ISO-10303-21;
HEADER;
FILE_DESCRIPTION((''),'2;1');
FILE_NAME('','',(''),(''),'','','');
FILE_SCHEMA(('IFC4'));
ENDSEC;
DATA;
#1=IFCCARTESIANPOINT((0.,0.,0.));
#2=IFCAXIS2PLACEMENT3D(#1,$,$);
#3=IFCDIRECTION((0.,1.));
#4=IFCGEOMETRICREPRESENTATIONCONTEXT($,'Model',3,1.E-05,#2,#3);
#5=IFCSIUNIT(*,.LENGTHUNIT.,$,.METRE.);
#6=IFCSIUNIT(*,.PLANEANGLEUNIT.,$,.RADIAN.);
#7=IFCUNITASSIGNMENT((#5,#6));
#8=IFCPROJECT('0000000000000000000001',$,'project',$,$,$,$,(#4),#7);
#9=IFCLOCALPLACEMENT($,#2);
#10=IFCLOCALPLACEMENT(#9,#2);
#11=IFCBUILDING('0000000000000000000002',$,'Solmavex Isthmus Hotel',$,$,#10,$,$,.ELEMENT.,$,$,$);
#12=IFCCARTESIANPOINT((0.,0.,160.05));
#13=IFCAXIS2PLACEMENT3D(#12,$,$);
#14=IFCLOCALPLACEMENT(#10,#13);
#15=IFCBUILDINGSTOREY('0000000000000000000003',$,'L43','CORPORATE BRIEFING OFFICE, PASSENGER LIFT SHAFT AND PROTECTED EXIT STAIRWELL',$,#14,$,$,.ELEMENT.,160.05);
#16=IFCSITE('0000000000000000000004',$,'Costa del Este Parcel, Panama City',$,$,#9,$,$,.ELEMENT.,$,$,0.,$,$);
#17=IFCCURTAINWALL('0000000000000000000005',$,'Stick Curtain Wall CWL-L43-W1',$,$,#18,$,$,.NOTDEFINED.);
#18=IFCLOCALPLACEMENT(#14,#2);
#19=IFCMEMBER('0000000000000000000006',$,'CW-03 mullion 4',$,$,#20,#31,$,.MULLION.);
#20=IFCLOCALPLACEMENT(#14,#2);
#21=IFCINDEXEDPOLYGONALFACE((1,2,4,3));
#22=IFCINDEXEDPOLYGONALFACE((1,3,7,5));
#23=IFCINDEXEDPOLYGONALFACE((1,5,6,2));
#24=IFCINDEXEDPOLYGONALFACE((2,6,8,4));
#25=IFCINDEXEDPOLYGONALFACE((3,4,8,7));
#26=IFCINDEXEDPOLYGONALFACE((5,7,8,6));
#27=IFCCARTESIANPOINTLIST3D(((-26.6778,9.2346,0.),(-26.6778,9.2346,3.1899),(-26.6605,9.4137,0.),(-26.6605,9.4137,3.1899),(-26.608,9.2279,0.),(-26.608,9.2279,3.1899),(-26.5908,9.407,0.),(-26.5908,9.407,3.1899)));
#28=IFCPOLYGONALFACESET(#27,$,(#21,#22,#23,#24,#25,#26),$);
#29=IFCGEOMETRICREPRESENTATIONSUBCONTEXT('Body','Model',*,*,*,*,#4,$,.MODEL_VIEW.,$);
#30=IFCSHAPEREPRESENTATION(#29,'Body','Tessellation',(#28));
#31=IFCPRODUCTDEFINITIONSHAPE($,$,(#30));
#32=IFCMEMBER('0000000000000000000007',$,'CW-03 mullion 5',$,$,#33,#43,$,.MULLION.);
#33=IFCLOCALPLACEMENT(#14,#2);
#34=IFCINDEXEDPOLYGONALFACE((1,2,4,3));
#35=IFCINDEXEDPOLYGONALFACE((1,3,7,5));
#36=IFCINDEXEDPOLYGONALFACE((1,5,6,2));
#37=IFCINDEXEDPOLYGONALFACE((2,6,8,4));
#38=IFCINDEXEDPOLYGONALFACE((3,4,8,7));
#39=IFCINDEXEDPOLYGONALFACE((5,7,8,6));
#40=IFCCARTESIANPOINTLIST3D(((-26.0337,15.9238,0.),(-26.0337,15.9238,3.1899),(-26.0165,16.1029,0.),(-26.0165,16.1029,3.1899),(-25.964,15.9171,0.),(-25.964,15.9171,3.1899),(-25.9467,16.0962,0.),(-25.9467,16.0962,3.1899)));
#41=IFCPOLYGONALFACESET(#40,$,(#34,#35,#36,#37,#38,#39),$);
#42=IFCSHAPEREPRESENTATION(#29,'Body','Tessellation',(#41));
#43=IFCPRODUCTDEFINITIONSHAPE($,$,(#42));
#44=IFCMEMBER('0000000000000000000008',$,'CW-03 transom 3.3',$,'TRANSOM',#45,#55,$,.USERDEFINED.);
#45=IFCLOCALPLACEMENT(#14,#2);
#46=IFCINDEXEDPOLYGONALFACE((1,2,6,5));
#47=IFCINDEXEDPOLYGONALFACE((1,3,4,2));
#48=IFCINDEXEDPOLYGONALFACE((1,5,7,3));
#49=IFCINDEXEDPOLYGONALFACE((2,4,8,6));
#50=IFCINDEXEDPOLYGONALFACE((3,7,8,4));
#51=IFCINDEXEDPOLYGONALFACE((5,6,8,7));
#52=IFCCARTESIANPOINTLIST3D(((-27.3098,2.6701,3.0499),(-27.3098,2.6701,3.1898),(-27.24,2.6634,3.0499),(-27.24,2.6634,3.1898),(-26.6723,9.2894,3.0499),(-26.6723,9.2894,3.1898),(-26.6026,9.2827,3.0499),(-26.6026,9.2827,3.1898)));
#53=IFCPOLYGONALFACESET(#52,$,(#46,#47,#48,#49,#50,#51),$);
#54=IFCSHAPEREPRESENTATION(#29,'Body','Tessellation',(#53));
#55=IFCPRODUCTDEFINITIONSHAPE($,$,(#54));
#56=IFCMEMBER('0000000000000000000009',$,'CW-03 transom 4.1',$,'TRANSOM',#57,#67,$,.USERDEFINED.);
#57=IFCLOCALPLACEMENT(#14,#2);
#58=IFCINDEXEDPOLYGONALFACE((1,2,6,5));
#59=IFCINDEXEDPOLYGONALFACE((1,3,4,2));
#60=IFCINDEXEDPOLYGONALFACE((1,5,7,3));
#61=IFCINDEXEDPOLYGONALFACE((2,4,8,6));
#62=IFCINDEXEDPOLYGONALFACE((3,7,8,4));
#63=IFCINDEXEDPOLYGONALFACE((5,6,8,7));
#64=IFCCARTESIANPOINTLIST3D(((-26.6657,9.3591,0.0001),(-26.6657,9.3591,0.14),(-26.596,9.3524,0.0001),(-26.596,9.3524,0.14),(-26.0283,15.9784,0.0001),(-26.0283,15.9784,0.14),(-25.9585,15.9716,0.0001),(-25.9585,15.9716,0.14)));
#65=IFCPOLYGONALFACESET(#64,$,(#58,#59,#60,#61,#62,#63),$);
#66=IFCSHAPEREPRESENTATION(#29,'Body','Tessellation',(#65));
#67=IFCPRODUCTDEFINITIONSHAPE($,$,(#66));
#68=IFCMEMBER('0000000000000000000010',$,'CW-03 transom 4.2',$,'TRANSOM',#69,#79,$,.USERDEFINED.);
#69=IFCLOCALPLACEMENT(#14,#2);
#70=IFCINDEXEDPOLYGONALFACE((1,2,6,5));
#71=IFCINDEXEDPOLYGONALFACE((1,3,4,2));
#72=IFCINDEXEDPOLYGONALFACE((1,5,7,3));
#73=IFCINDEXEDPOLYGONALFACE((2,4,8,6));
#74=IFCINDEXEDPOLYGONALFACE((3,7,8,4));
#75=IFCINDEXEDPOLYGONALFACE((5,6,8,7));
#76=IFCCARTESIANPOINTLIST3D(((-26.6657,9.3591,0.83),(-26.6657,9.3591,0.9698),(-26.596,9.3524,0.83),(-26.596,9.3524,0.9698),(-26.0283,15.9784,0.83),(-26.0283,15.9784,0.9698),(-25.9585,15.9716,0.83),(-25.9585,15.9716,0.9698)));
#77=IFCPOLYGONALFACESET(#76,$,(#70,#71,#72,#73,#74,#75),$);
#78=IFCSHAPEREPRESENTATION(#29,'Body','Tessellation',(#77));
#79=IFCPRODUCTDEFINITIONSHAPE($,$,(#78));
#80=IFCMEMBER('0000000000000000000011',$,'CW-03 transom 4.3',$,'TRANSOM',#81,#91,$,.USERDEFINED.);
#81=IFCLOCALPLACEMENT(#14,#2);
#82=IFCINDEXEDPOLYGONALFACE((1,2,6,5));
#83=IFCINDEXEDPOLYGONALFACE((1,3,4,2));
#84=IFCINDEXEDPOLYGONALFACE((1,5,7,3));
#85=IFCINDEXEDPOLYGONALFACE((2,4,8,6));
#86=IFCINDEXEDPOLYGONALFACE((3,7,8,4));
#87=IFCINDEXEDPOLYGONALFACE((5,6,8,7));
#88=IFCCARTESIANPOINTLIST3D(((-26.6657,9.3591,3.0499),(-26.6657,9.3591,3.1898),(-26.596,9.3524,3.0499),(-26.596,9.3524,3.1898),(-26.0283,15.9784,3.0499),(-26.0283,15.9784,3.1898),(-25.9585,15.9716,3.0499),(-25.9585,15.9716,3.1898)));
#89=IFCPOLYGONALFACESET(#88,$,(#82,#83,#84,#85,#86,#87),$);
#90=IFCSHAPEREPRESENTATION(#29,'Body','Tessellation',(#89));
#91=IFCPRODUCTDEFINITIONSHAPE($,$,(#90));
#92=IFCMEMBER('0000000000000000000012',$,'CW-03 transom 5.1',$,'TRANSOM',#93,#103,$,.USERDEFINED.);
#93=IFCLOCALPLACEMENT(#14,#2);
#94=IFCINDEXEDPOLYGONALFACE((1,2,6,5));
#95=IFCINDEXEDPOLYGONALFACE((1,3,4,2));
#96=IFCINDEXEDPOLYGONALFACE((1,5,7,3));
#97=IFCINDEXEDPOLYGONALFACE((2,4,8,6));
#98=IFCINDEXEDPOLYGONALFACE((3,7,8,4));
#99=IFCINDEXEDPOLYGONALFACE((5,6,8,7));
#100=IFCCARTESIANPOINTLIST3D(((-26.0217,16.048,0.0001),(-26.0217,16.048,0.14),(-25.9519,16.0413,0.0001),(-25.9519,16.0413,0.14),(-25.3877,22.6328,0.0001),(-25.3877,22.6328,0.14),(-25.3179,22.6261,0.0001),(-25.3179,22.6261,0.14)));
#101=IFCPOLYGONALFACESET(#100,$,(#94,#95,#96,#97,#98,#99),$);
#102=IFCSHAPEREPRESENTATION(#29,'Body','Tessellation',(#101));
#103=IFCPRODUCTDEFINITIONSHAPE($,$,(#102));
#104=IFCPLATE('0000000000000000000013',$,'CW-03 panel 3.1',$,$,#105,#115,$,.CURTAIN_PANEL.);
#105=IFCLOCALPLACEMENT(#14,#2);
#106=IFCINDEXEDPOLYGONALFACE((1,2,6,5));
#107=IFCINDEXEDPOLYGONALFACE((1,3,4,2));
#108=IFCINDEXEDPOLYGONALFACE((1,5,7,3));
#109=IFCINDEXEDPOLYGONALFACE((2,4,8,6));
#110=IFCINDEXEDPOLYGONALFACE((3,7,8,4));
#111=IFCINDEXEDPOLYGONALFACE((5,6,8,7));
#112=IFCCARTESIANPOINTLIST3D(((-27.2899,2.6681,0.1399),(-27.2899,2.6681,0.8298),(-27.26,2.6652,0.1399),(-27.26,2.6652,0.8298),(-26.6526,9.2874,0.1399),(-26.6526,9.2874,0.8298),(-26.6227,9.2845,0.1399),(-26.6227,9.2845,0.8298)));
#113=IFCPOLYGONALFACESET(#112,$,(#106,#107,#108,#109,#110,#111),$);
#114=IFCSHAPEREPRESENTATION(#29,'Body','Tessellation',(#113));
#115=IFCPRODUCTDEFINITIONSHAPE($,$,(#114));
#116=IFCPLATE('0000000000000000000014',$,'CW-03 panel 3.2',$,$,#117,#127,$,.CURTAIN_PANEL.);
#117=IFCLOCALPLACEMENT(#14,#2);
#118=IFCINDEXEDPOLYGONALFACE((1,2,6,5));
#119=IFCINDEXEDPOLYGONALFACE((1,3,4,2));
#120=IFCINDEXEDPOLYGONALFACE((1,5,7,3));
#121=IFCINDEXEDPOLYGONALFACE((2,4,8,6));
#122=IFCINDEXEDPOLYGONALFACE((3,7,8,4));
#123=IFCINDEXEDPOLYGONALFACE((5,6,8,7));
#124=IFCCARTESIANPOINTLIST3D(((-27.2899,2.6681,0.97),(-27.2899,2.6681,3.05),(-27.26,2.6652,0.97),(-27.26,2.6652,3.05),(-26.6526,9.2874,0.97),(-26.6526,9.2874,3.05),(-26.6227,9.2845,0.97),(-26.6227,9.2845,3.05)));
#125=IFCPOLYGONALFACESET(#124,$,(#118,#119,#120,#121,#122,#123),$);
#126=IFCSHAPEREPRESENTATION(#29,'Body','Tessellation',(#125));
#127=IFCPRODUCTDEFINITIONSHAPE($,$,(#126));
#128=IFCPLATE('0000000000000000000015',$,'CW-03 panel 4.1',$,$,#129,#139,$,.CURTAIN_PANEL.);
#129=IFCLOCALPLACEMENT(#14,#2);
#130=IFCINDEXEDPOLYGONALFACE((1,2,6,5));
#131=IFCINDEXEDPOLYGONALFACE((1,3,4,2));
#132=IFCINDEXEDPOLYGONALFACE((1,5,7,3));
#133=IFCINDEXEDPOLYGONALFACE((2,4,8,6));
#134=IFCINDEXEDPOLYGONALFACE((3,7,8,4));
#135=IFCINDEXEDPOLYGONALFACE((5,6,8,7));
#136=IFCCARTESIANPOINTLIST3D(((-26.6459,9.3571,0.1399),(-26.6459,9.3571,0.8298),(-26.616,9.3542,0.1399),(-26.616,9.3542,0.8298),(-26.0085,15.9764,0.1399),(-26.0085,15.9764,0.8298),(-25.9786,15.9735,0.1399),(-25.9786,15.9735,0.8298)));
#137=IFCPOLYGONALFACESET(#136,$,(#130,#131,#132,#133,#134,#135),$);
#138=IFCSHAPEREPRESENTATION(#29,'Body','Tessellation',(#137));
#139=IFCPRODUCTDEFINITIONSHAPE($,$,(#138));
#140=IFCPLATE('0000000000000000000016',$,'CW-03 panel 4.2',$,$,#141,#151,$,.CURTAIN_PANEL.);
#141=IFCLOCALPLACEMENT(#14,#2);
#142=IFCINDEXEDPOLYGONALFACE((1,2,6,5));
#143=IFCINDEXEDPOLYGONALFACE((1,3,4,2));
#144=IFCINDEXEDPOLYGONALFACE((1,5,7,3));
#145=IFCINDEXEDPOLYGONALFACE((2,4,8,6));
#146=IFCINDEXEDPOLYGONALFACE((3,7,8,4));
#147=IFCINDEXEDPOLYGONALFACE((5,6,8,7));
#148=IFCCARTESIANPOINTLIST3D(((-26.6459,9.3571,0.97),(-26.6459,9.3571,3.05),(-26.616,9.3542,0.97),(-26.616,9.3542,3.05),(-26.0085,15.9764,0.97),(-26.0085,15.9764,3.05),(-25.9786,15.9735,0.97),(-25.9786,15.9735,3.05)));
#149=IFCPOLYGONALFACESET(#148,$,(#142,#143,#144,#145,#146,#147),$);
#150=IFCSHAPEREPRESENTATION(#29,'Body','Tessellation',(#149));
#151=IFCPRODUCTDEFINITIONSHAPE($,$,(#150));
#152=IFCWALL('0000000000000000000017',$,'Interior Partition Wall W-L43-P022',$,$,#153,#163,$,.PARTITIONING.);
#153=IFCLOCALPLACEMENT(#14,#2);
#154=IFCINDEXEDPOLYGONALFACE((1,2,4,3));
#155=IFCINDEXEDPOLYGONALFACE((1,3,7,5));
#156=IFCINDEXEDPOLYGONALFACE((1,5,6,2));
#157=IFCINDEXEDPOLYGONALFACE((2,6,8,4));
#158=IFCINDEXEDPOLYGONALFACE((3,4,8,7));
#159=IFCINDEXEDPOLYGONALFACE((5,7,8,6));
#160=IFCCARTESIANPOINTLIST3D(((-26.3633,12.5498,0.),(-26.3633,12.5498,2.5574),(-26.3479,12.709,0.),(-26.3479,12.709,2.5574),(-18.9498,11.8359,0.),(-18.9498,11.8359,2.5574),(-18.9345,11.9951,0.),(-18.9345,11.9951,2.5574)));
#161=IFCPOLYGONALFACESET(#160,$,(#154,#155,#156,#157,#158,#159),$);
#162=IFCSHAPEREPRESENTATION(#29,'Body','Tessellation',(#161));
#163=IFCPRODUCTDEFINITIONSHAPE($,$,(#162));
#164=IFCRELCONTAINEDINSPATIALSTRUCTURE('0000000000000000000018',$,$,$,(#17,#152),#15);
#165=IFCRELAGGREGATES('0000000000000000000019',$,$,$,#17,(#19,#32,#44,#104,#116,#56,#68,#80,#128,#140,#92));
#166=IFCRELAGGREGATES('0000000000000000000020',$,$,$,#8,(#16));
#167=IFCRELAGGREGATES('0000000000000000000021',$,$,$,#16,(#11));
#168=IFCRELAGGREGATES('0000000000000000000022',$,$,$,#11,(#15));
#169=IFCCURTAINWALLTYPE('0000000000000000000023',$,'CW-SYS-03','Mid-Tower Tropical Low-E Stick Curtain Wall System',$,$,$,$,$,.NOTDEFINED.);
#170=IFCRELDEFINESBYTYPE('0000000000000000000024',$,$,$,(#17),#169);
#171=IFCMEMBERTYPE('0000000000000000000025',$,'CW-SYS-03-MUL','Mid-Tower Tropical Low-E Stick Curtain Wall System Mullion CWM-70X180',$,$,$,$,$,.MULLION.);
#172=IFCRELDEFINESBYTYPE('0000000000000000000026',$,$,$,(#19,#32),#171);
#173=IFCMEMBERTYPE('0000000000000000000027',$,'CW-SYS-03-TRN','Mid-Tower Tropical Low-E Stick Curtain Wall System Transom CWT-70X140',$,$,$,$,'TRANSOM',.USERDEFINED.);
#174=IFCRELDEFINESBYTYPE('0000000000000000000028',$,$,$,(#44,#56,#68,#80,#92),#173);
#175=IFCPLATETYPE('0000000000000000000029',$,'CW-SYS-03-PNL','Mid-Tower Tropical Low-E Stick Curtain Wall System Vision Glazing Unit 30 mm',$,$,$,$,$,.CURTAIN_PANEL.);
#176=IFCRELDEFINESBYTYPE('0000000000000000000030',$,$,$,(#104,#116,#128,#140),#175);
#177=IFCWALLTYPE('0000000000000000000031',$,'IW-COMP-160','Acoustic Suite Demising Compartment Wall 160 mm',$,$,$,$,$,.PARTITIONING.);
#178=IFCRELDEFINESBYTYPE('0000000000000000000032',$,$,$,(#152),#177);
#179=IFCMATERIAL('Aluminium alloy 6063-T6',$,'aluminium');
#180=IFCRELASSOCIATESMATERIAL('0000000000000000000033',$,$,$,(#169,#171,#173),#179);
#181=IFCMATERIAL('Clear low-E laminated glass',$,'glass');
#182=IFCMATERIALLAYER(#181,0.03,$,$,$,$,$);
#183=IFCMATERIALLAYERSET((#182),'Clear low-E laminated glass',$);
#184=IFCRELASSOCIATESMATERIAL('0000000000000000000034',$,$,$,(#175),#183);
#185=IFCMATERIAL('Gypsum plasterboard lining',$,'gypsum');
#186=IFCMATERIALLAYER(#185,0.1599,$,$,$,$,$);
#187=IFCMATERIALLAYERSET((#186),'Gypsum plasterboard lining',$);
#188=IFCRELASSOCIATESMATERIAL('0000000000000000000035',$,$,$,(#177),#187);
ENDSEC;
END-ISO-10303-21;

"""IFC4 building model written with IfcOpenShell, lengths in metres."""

from ifc_helpers import new_model, si_unit, direction, frame, frame_2d, origin, origin_2d, place, context, subcontext, project, spatial, rectangle, extrude, material, layer, layer_set, material_profile, profile_set, type_object, element, aggregate, save


model = new_model("IFC4")

# Units and contexts
model_context = context("Model", 3, precision=1e-05, world=origin(), true_north=direction((0.0, 1.0)))
body_context = subcontext(model_context, "Body", "Model", "MODEL_VIEW")
ifc_project = project(units=[si_unit("LENGTHUNIT", "METRE"), si_unit("PLANEANGLEUNIT", "RADIAN")], contexts=[model_context])

# Site, building, storey
site_placement = place(None, origin())
site = spatial("IfcSite", under=ifc_project, at=site_placement, Name="Costa del Este Parcel, Panama City", CompositionType="ELEMENT", RefElevation=0.0)
building_placement = place(site_placement, origin())
building = spatial("IfcBuilding", under=site, at=building_placement, Name="Solmavex Isthmus Hotel", CompositionType="ELEMENT")
storey_placement = place(building_placement, frame((0.0, 0.0, 160.05)))
storey = spatial("IfcBuildingStorey", under=building, at=storey_placement, Name="L43", Description="CORPORATE BRIEFING OFFICE, PASSENGER LIFT SHAFT AND PROTECTED EXIT STAIRWELL", CompositionType="ELEMENT", Elevation=160.05)

# Curtain wall, members, plates
ifc_material_1 = material(Name="Aluminium alloy 6063-T6", Category="aluminium")
curtain_wall_type = type_object("IfcCurtainWallType", Name="CW-SYS-03", Description="Mid-Tower Tropical Low-E Stick Curtain Wall System", PredefinedType="NOTDEFINED", material=ifc_material_1)
curtain_wall_placement = place(storey_placement, origin())
curtain_wall = element("IfcCurtainWall", 1, at=curtain_wall_placement, inside=storey, type_object=curtain_wall_type, Name="Stick Curtain Wall CWL-L43-W1", PredefinedType="NOTDEFINED")
ifc_material_profile_1 = material_profile(ifc_material_1, rectangle(XDim=0.0701, YDim=0.1799, at=origin_2d()), Name="CWM-70X180")
ifc_profile_set_1 = profile_set([ifc_material_profile_1], Name="Aluminium alloy 6063-T6")
member_type_1 = type_object("IfcMemberType", Name="CW-SYS-03-MUL", Description="Mid-Tower Tropical Low-E Stick Curtain Wall System Mullion CWM-70X180", PredefinedType="MULLION", material=ifc_profile_set_1)
member_1_placement = place(storey_placement, frame((-26.6343, 9.3208, 0.0), z_axis=(0.0, 0.0, 1.0), x_axis=(-0.995396, 0.095846, 0.0)))
member_1 = element("IfcMember", 2, at=member_1_placement, type_object=member_type_1, Name="CW-03 mullion 4", PredefinedType="MULLION", context=body_context, shape_type="SweptSolid", body=[
    extrude(rectangle(XDim=0.0701, YDim=0.1799, at=origin_2d()), origin(), (0.0, 0.0, 1.0), 3.1899),
])
member_2_placement = place(storey_placement, frame((-25.9902, 16.01, 0.0), z_axis=(0.0, 0.0, 1.0), x_axis=(-0.995396, 0.095846, 0.0)))
member_2 = element("IfcMember", 3, at=member_2_placement, type_object=member_type_1, Name="CW-03 mullion 5", PredefinedType="MULLION", context=body_context, shape_type="SweptSolid", body=[
    extrude(rectangle(XDim=0.0701, YDim=0.1799, at=origin_2d()), origin(), (0.0, 0.0, 1.0), 3.1899),
])
ifc_material_profile_2 = material_profile(ifc_material_1, rectangle(XDim=0.0701, YDim=0.1399, at=origin_2d()), Name="CWT-70X140")
ifc_profile_set_2 = profile_set([ifc_material_profile_2], Name="Aluminium alloy 6063-T6")
member_type_2 = type_object("IfcMemberType", Name="CW-SYS-03-TRN", Description="Mid-Tower Tropical Low-E Stick Curtain Wall System Transom CWT-70X140", ElementType="TRANSOM", PredefinedType="USERDEFINED", material=ifc_profile_set_2)
member_3_placement = place(storey_placement, frame((-27.2749, 2.6667, 3.1199), z_axis=(0.095857, 0.995395, 0.0), x_axis=(-0.995395, 0.095857, 0.0)))
member_3 = element("IfcMember", 4, at=member_3_placement, type_object=member_type_2, Name="CW-03 transom 3.3", ObjectType="TRANSOM", PredefinedType="USERDEFINED", context=body_context, shape_type="SweptSolid", body=[
    extrude(rectangle(XDim=0.0701, YDim=0.1399, at=origin_2d()), origin(), (0.0, 0.0, 1.0), 6.6499),
])
member_4_placement = place(storey_placement, frame((-26.6309, 9.3557, 0.0701), z_axis=(0.095857, 0.995395, 0.0), x_axis=(-0.995395, 0.095857, 0.0)))
member_4 = element("IfcMember", 5, at=member_4_placement, type_object=member_type_2, Name="CW-03 transom 4.1", ObjectType="TRANSOM", PredefinedType="USERDEFINED", context=body_context, shape_type="SweptSolid", body=[
    extrude(rectangle(XDim=0.0701, YDim=0.1399, at=origin_2d()), origin(), (0.0, 0.0, 1.0), 6.6499),
])
member_5_placement = place(storey_placement, frame((-26.6309, 9.3557, 0.8999), z_axis=(0.095857, 0.995395, 0.0), x_axis=(-0.995395, 0.095857, 0.0)))
member_5 = element("IfcMember", 6, at=member_5_placement, type_object=member_type_2, Name="CW-03 transom 4.2", ObjectType="TRANSOM", PredefinedType="USERDEFINED", context=body_context, shape_type="SweptSolid", body=[
    extrude(rectangle(XDim=0.0701, YDim=0.1399, at=origin_2d()), origin(), (0.0, 0.0, 1.0), 6.6499),
])
member_6_placement = place(storey_placement, frame((-26.6309, 9.3557, 3.1199), z_axis=(0.095857, 0.995395, 0.0), x_axis=(-0.995395, 0.095857, 0.0)))
member_6 = element("IfcMember", 7, at=member_6_placement, type_object=member_type_2, Name="CW-03 transom 4.3", ObjectType="TRANSOM", PredefinedType="USERDEFINED", context=body_context, shape_type="SweptSolid", body=[
    extrude(rectangle(XDim=0.0701, YDim=0.1399, at=origin_2d()), origin(), (0.0, 0.0, 1.0), 6.6499),
])
member_7_placement = place(storey_placement, frame((-25.9868, 16.0447, 0.0701), z_axis=(0.095845, 0.995396, 0.0), x_axis=(-0.995396, 0.095845, 0.0)))
member_7 = element("IfcMember", 8, at=member_7_placement, type_object=member_type_2, Name="CW-03 transom 5.1", ObjectType="TRANSOM", PredefinedType="USERDEFINED", context=body_context, shape_type="SweptSolid", body=[
    extrude(rectangle(XDim=0.0701, YDim=0.1399, at=origin_2d()), origin(), (0.0, 0.0, 1.0), 6.6152),
])
ifc_material_2 = material(Name="Clear low-E laminated glass", Category="glass")
ifc_layer_1 = layer(ifc_material_2, 0.03)
ifc_layer_set_1 = layer_set([ifc_layer_1], Name="Clear low-E laminated glass")
plate_type = type_object("IfcPlateType", Name="CW-SYS-03-PNL", Description="Mid-Tower Tropical Low-E Stick Curtain Wall System Vision Glazing Unit 30 mm", PredefinedType="CURTAIN_PANEL", material=ifc_layer_set_1)
plate_1_placement = place(storey_placement, frame((-26.9563, 5.9763, 0.1399), z_axis=(0.0, 0.0, 1.0), x_axis=(0.095846, 0.995396, 0.0)))
plate_1 = element("IfcPlate", 9, at=plate_1_placement, type_object=plate_type, Name="CW-03 panel 3.1", PredefinedType="CURTAIN_PANEL", context=body_context, shape_type="SweptSolid", body=[
    extrude(rectangle(XDim=6.6499, YDim=0.03, at=origin_2d()), origin(), (0.0, 0.0, 1.0), 0.6899),
])
plate_2_placement = place(storey_placement, frame((-26.9563, 5.9763, 0.97), z_axis=(0.0, 0.0, 1.0), x_axis=(0.095846, 0.995396, 0.0)))
plate_2 = element("IfcPlate", 10, at=plate_2_placement, type_object=plate_type, Name="CW-03 panel 3.2", PredefinedType="CURTAIN_PANEL", context=body_context, shape_type="SweptSolid", body=[
    extrude(rectangle(XDim=6.6499, YDim=0.03, at=origin_2d()), origin(), (0.0, 0.0, 1.0), 2.0801),
])
plate_3_placement = place(storey_placement, frame((-26.3123, 12.6653, 0.1399), z_axis=(0.0, 0.0, 1.0), x_axis=(0.095846, 0.995396, 0.0)))
plate_3 = element("IfcPlate", 11, at=plate_3_placement, type_object=plate_type, Name="CW-03 panel 4.1", PredefinedType="CURTAIN_PANEL", context=body_context, shape_type="SweptSolid", body=[
    extrude(rectangle(XDim=6.6499, YDim=0.03, at=origin_2d()), origin(), (0.0, 0.0, 1.0), 0.6899),
])
plate_4_placement = place(storey_placement, frame((-26.3123, 12.6653, 0.97), z_axis=(0.0, 0.0, 1.0), x_axis=(0.095846, 0.995396, 0.0)))
plate_4 = element("IfcPlate", 12, at=plate_4_placement, type_object=plate_type, Name="CW-03 panel 4.2", PredefinedType="CURTAIN_PANEL", context=body_context, shape_type="SweptSolid", body=[
    extrude(rectangle(XDim=6.6499, YDim=0.03, at=origin_2d()), origin(), (0.0, 0.0, 1.0), 2.0801),
])
aggregate(curtain_wall, [member_1, member_2, member_3, plate_1, plate_2, member_4, member_5, member_6, plate_3, plate_4, member_7])

# Wall
ifc_material_3 = material(Name="Gypsum plasterboard lining", Category="gypsum")
ifc_layer_2 = layer(ifc_material_3, 0.1599)
ifc_layer_set_2 = layer_set([ifc_layer_2], Name="Gypsum plasterboard lining")
wall_type_1 = type_object("IfcWallType", Name="IW-COMP-160", Description="Acoustic Suite Demising Compartment Wall 160 mm", PredefinedType="PARTITIONING", material=ifc_layer_set_2)
wall_1_placement = place(storey_placement, frame((-18.9421, 11.9155, 0.0), z_axis=(0.0, 0.0, 1.0), x_axis=(-0.995396, 0.095849, 0.0)))
element("IfcWall", 13, at=wall_1_placement, inside=storey, type_object=wall_type_1, Name="Interior Partition Wall W-L43-P022", PredefinedType="PARTITIONING", context=body_context, shape_type="SweptSolid", body=[
    extrude(rectangle(XDim=7.4478, YDim=0.1599, at=frame_2d((3.7239, 0.0))), origin(), (0.0, 0.0, 1.0), 2.5574),
])

save(model, "model.ifc")
